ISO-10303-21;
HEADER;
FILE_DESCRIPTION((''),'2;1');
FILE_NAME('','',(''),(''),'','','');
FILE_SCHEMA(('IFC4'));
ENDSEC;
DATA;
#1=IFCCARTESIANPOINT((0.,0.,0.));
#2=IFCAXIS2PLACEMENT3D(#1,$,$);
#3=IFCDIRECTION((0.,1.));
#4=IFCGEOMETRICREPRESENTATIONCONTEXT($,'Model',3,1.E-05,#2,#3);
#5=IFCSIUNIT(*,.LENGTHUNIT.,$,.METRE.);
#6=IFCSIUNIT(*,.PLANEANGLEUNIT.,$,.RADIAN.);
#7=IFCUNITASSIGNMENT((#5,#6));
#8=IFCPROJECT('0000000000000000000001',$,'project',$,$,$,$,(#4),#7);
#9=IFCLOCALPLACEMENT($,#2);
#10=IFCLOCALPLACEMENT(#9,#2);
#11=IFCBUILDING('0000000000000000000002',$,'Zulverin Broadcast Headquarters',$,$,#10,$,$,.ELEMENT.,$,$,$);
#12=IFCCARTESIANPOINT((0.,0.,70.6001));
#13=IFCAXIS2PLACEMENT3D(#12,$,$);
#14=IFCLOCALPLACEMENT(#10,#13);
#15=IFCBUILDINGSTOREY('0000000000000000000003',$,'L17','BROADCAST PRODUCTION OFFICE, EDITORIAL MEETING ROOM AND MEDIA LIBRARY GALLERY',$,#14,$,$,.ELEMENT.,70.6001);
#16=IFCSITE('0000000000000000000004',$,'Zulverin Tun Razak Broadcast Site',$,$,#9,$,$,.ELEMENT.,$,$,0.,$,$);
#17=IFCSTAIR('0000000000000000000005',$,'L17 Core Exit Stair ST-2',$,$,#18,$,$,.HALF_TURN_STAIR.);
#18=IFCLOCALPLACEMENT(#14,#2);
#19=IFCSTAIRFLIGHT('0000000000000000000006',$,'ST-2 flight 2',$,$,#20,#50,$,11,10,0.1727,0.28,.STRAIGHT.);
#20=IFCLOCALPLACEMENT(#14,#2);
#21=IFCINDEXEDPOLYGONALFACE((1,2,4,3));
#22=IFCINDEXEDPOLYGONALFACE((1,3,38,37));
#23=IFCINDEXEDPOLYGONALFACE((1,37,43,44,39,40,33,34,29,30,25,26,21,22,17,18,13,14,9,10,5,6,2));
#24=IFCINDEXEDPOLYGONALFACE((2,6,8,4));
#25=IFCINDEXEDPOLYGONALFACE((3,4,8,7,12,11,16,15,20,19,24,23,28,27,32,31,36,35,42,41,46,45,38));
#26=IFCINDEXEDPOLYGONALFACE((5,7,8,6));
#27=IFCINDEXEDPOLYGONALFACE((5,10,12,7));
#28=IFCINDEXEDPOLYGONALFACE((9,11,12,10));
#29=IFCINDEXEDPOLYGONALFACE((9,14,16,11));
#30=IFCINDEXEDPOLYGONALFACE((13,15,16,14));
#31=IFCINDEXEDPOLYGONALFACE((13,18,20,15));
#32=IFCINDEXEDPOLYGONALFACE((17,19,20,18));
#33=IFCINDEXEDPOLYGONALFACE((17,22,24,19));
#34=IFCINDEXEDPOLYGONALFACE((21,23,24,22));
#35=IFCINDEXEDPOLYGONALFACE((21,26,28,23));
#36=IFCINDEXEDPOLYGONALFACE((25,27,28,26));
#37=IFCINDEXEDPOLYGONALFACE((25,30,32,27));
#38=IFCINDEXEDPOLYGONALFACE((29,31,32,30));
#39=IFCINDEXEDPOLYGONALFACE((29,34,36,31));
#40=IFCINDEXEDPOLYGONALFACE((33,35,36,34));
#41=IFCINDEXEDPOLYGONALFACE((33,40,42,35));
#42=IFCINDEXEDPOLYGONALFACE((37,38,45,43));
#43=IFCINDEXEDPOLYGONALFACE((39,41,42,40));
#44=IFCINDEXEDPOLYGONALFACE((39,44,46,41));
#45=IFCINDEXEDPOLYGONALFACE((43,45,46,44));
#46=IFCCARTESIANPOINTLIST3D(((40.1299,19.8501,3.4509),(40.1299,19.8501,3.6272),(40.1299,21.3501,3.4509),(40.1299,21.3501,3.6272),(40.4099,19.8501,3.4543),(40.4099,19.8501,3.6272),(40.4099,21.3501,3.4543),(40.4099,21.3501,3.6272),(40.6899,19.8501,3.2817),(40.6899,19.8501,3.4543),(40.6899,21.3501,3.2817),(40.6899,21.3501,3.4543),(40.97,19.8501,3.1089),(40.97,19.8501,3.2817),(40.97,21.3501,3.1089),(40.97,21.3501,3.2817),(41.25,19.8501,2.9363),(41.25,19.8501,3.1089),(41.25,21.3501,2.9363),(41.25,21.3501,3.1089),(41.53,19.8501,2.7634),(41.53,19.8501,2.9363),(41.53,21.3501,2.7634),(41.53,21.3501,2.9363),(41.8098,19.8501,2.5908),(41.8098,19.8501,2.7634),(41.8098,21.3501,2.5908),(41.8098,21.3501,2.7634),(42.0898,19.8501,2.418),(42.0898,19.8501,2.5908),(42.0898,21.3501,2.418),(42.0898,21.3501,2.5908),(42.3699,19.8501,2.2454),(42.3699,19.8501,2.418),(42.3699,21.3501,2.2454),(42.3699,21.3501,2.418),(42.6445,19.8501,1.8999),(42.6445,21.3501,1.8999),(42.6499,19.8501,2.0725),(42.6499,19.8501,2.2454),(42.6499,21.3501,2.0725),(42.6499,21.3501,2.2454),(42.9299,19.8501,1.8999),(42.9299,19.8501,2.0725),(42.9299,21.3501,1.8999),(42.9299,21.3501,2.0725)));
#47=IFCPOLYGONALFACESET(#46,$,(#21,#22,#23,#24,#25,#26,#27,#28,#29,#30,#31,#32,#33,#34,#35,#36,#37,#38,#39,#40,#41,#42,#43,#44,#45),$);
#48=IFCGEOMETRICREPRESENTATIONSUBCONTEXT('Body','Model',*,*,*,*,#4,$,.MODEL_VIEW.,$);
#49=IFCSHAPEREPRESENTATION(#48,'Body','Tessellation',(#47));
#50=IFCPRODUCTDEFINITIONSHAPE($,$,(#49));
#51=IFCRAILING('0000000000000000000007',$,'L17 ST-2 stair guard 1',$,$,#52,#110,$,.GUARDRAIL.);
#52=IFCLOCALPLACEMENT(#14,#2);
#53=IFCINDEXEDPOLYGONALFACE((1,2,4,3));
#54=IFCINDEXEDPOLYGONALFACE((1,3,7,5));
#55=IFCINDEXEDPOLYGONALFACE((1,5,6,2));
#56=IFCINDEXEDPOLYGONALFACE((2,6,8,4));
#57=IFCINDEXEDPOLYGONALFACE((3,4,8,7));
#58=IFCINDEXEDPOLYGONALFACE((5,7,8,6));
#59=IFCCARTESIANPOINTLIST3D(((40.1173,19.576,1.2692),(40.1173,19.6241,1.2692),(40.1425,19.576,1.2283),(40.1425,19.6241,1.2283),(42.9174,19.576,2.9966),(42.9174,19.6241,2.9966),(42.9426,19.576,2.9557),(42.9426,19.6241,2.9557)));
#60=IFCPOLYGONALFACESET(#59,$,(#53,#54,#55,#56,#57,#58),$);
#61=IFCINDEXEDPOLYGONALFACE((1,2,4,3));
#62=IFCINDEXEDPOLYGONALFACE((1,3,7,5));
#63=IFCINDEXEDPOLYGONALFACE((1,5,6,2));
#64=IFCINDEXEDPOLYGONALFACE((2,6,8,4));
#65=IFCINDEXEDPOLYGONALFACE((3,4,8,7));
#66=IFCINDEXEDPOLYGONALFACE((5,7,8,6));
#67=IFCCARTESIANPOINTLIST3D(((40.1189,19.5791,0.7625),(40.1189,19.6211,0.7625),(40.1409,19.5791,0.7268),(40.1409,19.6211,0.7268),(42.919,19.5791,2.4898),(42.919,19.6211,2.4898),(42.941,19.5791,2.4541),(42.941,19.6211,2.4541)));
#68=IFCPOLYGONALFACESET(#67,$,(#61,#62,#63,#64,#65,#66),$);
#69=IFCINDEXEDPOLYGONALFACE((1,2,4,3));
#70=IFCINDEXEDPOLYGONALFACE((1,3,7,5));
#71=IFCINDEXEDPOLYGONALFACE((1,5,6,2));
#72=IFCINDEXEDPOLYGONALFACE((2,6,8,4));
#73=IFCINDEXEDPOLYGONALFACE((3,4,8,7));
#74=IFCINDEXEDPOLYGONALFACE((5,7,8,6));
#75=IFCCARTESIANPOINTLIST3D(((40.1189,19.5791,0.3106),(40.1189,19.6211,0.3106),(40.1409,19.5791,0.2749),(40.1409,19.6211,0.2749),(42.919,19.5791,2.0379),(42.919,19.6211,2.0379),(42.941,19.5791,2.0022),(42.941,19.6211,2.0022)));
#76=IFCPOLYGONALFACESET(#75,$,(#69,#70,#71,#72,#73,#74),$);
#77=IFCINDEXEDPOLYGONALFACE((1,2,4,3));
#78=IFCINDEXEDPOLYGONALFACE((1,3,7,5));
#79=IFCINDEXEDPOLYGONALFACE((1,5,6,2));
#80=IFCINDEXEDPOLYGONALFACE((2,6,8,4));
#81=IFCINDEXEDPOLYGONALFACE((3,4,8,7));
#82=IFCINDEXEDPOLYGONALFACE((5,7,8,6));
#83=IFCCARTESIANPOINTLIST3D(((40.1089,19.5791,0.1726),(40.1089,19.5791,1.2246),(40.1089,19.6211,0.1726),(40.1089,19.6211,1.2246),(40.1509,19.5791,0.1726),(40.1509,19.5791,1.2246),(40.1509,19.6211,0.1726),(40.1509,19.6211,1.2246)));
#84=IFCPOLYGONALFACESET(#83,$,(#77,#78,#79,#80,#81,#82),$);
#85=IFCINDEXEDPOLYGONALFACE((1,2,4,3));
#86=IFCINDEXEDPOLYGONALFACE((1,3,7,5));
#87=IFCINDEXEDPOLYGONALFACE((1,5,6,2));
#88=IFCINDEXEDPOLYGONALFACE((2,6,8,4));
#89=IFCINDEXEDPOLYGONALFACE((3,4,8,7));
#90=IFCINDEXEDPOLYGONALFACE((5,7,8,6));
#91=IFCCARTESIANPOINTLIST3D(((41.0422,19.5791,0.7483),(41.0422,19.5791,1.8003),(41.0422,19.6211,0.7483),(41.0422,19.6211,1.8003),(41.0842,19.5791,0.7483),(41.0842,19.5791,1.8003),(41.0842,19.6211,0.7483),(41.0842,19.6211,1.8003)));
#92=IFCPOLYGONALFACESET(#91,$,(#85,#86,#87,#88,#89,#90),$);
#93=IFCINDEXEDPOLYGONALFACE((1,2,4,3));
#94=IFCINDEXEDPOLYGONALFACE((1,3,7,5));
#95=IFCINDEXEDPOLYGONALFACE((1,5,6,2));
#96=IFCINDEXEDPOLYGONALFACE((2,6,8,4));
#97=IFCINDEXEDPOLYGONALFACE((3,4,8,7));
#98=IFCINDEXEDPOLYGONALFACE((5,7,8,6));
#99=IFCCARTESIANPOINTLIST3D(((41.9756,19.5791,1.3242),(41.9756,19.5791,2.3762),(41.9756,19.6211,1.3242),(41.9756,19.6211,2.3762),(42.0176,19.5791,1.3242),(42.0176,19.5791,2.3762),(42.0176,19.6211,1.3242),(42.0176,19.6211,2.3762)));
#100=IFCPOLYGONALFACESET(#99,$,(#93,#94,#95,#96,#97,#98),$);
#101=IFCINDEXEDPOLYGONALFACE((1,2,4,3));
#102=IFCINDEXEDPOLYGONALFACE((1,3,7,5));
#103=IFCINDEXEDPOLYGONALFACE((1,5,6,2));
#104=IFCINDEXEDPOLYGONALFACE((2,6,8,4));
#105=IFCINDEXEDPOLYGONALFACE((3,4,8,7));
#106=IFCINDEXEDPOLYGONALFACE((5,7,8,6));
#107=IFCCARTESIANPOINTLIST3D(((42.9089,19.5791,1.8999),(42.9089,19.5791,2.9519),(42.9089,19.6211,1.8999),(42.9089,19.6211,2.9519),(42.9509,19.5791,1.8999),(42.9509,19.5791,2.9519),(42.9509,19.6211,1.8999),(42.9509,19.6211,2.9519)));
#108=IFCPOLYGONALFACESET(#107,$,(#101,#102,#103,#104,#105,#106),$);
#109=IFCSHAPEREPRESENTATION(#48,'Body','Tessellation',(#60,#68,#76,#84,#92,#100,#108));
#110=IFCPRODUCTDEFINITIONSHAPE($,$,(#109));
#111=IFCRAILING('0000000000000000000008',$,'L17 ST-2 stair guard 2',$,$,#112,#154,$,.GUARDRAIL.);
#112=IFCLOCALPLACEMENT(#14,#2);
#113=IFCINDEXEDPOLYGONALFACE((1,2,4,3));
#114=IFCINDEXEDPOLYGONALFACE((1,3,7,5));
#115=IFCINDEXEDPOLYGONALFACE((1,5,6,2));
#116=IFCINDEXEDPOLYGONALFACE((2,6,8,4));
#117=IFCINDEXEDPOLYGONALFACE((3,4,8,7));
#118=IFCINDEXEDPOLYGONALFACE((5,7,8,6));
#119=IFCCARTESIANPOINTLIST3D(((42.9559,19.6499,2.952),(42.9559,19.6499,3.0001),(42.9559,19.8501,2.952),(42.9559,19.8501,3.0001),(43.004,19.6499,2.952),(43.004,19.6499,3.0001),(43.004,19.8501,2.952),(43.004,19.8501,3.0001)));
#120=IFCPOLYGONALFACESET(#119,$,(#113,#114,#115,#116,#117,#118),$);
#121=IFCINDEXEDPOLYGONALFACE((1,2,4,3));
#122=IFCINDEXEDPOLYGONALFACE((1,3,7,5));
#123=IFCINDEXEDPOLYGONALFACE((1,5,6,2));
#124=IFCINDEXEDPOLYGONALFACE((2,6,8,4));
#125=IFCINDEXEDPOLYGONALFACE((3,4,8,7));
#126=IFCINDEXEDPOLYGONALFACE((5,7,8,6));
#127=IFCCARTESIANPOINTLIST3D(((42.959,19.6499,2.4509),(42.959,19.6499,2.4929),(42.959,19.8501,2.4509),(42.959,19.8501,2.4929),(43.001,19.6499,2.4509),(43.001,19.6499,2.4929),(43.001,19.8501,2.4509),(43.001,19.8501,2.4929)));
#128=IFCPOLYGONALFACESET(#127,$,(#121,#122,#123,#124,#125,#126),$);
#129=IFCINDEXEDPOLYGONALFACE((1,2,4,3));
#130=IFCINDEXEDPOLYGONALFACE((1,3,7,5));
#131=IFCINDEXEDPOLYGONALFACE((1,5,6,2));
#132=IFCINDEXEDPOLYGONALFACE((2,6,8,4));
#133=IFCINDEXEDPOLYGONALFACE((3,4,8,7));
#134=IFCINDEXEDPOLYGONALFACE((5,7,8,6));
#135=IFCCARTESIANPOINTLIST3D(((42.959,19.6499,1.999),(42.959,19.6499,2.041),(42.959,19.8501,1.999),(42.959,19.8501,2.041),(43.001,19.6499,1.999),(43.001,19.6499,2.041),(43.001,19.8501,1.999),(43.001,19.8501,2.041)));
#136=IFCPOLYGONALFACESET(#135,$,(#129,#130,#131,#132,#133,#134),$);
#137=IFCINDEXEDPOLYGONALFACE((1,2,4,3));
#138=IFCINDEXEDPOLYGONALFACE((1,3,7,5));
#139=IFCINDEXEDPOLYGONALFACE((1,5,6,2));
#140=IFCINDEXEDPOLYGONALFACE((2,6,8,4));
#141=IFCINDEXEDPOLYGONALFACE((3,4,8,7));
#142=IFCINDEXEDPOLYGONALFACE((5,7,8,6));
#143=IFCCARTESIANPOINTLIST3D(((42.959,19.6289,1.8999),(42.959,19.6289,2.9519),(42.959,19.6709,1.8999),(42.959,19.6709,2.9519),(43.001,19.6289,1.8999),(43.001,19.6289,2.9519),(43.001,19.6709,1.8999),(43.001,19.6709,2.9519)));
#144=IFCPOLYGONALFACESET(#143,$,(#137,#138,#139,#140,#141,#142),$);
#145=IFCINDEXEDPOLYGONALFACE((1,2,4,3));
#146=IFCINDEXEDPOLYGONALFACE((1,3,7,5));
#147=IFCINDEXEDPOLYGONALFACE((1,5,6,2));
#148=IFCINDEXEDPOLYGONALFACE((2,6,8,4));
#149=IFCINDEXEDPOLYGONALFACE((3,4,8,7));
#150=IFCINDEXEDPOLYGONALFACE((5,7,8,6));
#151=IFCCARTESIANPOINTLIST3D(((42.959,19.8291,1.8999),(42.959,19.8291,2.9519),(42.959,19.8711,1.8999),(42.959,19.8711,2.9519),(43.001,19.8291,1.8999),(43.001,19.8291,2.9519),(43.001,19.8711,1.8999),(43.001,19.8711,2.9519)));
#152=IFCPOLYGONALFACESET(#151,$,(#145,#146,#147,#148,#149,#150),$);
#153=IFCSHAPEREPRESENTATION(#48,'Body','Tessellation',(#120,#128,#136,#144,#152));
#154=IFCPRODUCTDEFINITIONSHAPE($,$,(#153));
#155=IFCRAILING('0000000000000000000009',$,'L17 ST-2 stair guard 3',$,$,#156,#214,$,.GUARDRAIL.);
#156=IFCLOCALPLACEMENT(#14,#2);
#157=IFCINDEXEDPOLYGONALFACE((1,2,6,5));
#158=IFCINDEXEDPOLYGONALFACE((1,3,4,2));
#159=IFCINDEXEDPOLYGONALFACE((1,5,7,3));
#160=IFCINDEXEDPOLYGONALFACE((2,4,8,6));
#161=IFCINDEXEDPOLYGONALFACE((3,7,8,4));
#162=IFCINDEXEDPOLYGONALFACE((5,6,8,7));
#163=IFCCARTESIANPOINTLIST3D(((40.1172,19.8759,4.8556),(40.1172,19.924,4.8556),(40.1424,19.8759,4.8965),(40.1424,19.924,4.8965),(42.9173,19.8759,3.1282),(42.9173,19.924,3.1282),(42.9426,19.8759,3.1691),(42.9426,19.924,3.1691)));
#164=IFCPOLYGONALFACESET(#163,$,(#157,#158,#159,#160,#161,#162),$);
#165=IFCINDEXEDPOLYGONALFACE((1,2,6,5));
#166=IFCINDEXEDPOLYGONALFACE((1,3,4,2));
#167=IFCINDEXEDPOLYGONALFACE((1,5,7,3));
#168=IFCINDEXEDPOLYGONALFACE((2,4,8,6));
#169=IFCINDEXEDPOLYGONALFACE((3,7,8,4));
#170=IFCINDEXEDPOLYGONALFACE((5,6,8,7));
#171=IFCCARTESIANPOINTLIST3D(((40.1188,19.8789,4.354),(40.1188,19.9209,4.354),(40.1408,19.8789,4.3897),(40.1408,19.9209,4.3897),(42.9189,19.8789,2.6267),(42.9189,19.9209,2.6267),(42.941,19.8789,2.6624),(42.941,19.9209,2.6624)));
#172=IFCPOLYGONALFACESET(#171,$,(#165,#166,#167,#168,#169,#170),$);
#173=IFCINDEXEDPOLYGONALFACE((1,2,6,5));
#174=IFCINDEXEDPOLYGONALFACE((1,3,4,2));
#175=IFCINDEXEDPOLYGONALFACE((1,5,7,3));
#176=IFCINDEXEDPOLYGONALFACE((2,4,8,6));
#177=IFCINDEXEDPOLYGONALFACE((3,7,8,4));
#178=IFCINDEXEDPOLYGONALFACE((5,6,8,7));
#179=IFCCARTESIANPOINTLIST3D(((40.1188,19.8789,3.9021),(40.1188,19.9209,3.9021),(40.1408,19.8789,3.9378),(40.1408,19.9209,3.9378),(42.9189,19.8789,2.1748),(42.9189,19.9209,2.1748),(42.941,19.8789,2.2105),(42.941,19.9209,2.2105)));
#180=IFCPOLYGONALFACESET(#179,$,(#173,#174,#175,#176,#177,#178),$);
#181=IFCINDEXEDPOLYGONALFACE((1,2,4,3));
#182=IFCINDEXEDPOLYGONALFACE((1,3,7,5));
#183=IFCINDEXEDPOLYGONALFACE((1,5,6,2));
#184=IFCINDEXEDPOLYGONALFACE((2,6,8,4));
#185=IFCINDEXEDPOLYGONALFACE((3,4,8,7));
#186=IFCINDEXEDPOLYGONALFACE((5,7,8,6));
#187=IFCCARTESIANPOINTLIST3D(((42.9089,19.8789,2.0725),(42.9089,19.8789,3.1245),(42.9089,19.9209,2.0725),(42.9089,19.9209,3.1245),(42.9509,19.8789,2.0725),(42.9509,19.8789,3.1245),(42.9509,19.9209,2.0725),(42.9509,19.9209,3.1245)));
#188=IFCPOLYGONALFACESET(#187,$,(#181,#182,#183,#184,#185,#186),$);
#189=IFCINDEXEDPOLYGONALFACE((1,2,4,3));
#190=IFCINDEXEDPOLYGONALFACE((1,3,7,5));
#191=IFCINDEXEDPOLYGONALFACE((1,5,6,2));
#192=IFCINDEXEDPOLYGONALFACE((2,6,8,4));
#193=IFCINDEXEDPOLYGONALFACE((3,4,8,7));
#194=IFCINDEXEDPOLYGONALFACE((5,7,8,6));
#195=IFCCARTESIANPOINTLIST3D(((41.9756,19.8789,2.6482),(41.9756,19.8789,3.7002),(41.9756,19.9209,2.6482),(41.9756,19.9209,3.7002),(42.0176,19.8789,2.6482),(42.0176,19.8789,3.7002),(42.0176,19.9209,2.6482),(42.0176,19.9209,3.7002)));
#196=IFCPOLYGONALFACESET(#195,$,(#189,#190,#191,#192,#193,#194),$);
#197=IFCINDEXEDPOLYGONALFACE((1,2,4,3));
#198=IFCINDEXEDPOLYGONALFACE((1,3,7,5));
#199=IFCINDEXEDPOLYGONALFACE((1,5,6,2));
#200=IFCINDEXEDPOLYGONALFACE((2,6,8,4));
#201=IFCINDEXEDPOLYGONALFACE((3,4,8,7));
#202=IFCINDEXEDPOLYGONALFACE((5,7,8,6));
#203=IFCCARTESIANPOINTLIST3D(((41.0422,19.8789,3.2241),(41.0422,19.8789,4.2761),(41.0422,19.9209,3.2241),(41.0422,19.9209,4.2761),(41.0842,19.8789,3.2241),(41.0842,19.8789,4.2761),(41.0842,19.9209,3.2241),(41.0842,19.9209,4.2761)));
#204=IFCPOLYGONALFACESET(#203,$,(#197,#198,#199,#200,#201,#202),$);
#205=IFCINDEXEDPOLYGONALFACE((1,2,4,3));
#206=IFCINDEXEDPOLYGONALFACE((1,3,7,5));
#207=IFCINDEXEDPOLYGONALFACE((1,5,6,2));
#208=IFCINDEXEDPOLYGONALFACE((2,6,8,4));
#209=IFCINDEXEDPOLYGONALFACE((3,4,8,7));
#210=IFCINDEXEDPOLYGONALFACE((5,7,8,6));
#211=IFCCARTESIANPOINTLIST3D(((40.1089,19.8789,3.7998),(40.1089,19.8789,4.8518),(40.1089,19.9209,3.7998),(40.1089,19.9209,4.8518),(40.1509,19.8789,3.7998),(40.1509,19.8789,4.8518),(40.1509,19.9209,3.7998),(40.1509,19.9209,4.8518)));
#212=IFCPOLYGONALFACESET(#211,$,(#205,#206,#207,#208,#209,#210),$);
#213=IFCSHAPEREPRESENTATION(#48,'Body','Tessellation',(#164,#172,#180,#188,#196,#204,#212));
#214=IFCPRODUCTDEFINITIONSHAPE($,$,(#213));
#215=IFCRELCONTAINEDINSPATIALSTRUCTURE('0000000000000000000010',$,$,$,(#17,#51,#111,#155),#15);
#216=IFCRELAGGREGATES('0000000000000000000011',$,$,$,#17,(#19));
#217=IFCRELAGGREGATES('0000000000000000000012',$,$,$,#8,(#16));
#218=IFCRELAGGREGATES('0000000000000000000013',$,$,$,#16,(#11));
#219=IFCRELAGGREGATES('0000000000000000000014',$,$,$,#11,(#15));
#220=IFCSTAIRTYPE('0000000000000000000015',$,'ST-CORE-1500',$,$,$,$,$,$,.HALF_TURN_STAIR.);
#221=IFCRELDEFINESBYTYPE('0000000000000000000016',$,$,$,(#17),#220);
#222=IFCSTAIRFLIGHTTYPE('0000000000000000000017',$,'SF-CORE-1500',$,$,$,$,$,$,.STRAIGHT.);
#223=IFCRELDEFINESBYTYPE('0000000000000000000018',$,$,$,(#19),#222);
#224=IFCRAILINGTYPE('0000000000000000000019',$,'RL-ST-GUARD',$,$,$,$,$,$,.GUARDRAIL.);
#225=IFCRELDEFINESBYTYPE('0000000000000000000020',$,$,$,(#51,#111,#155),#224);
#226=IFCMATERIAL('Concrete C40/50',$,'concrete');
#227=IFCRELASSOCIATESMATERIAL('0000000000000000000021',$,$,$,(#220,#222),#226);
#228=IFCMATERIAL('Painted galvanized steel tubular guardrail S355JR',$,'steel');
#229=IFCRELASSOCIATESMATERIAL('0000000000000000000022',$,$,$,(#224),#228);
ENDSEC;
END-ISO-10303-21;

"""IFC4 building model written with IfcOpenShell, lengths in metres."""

from ifc_helpers import new_model, si_unit, direction, frame, origin, origin_2d, place, context, subcontext, project, spatial, polyline, rectangle, outline, extrude, material, type_object, element, aggregate, save


model = new_model("IFC4")

# Units and contexts
model_context = context("Model", 3, precision=1e-05, world=origin(), true_north=direction((0.0, 1.0)))
body_context = subcontext(model_context, "Body", "Model", "MODEL_VIEW")
ifc_project = project(units=[si_unit("LENGTHUNIT", "METRE"), si_unit("PLANEANGLEUNIT", "RADIAN")], contexts=[model_context])

# Site, building, storey
site_placement = place(None, origin())
site = spatial("IfcSite", under=ifc_project, at=site_placement, Name="Zulverin Tun Razak Broadcast Site", CompositionType="ELEMENT", RefElevation=0.0)
building_placement = place(site_placement, origin())
building = spatial("IfcBuilding", under=site, at=building_placement, Name="Zulverin Broadcast Headquarters", CompositionType="ELEMENT")
storey_placement = place(building_placement, frame((0.0, 0.0, 70.6001)))
storey = spatial("IfcBuildingStorey", under=building, at=storey_placement, Name="L17", Description="BROADCAST PRODUCTION OFFICE, EDITORIAL MEETING ROOM AND MEDIA LIBRARY GALLERY", CompositionType="ELEMENT", Elevation=70.6001)

# Shared definitions
ifc_material_1 = material(Name="Concrete C40/50", Category="concrete")

# Stair, stair flight
stair_type = type_object("IfcStairType", Name="ST-CORE-1500", PredefinedType="HALF_TURN_STAIR", material=ifc_material_1)
stair_placement = place(storey_placement, origin())
stair = element("IfcStair", 1, at=stair_placement, inside=storey, type_object=stair_type, Name="L17 Core Exit Stair ST-2", PredefinedType="HALF_TURN_STAIR")
stair_flight_type = type_object("IfcStairFlightType", Name="SF-CORE-1500", PredefinedType="STRAIGHT", material=ifc_material_1)
stair_flight_1_placement = place(storey_placement, frame((42.9299, 20.6001, 1.8999), z_axis=(0.0, 0.0, 1.0), x_axis=(-1.0, 0.0, 0.0)))
stair_flight_1 = element("IfcStairFlight", 2, at=stair_flight_1_placement, type_object=stair_flight_type, Name="ST-2 flight 2", NumberOfRisers=11, NumberOfTreads=10, PredefinedType="STRAIGHT", RiserHeight=0.1727, TreadLength=0.28, context=body_context, shape_type="SweptSolid", body=[
    extrude(outline(polyline([(0.0, 0.0), (0.0, 0.1726), (0.28, 0.1726), (0.28, 0.3455), (0.5601, 0.3455), (0.5601, 0.5181), (0.8401, 0.5181), (0.8401, 0.6909), (1.1201, 0.6909), (1.1201, 0.8635), (1.3999, 0.8635), (1.3999, 1.0364), (1.6799, 1.0364), (1.6799, 1.209), (1.96, 1.209), (1.96, 1.3818), (2.24, 1.3818), (2.24, 1.5544), (2.52, 1.5544), (2.52, 1.7273), (2.8, 1.7273), (2.8, 1.8999), (2.8, 1.551), (0.2854, 0.0), (0.0, 0.0)])), frame((0.0, 0.75, 0.0), z_axis=(0.0, -1.0, 0.0), x_axis=(1.0, 0.0, 0.0)), (0.0, 0.0, 1.0), 1.5),
])
aggregate(stair, [stair_flight_1])

# Railings
ifc_material_2 = material(Name="Painted galvanized steel tubular guardrail S355JR", Category="steel")
railing_type_1 = type_object("IfcRailingType", Name="RL-ST-GUARD", PredefinedType="GUARDRAIL", material=ifc_material_2)
railing_1_placement = place(storey_placement, frame((40.1299, 19.6001, 0.1726)))
element("IfcRailing", 3, at=railing_1_placement, inside=storey, type_object=railing_type_1, Name="L17 ST-2 stair guard 1", PredefinedType="GUARDRAIL", context=body_context, shape_type="SweptSolid", body=[
    extrude(rectangle(XDim=0.0481, YDim=0.0481, at=origin_2d()), frame((0.0, 0.0, 1.0762), z_axis=(0.85109, 0.0, 0.52502), x_axis=(0.0, 1.0, 0.0)), (0.0, 0.0, 1.0), 3.29),
    extrude(rectangle(XDim=0.042, YDim=0.042, at=origin_2d()), frame((0.0, 0.0, 0.572), z_axis=(0.85109, 0.0, 0.52502), x_axis=(0.0, 1.0, 0.0)), (0.0, 0.0, 1.0), 3.29),
    extrude(rectangle(XDim=0.042, YDim=0.042, at=origin_2d()), frame((0.0, 0.0, 0.1201), z_axis=(0.85109, 0.0, 0.52502), x_axis=(0.0, 1.0, 0.0)), (0.0, 0.0, 1.0), 3.29),
    extrude(rectangle(XDim=0.042, YDim=0.042, at=origin_2d()), origin(), (0.0, 0.0, 1.0), 1.052),
    extrude(rectangle(XDim=0.042, YDim=0.042, at=origin_2d()), frame((0.9333, 0.0, 0.5757)), (0.0, 0.0, 1.0), 1.052),
    extrude(rectangle(XDim=0.042, YDim=0.042, at=origin_2d()), frame((1.8667, 0.0, 1.1516)), (0.0, 0.0, 1.0), 1.052),
    extrude(rectangle(XDim=0.042, YDim=0.042, at=origin_2d()), frame((2.8, 0.0, 1.7273)), (0.0, 0.0, 1.0), 1.052),
])
railing_2_placement = place(storey_placement, frame((42.98, 19.6499, 1.8999)))
element("IfcRailing", 4, at=railing_2_placement, inside=storey, type_object=railing_type_1, Name="L17 ST-2 stair guard 2", PredefinedType="GUARDRAIL", context=body_context, shape_type="SweptSolid", body=[
    extrude(rectangle(XDim=0.0481, YDim=0.0481, at=origin_2d()), frame((0.0, 0.0, 1.0762), z_axis=(0.0, 1.0, 0.0), x_axis=(-1.0, 0.0, 0.0)), (0.0, 0.0, 1.0), 0.2002),
    extrude(rectangle(XDim=0.042, YDim=0.042, at=origin_2d()), frame((0.0, 0.0, 0.572), z_axis=(0.0, 1.0, 0.0), x_axis=(-1.0, 0.0, 0.0)), (0.0, 0.0, 1.0), 0.2002),
    extrude(rectangle(XDim=0.042, YDim=0.042, at=origin_2d()), frame((0.0, 0.0, 0.1201), z_axis=(0.0, 1.0, 0.0), x_axis=(-1.0, 0.0, 0.0)), (0.0, 0.0, 1.0), 0.2002),
    extrude(rectangle(XDim=0.042, YDim=0.042, at=origin_2d()), origin(), (0.0, 0.0, 1.0), 1.052),
    extrude(rectangle(XDim=0.042, YDim=0.042, at=origin_2d()), frame((0.0, 0.2002, 0.0)), (0.0, 0.0, 1.0), 1.052),
])
railing_3_placement = place(storey_placement, frame((42.9299, 19.8999, 2.0725)))
element("IfcRailing", 5, at=railing_3_placement, inside=storey, type_object=railing_type_1, Name="L17 ST-2 stair guard 3", PredefinedType="GUARDRAIL", context=body_context, shape_type="SweptSolid", body=[
    extrude(rectangle(XDim=0.0481, YDim=0.0481, at=origin_2d()), frame((0.0, 0.0, 1.0762), z_axis=(-0.85109, 0.0, 0.52502), x_axis=(0.0, -1.0, 0.0)), (0.0, 0.0, 1.0), 3.29),
    extrude(rectangle(XDim=0.042, YDim=0.042, at=origin_2d()), frame((0.0, 0.0, 0.572), z_axis=(-0.85109, 0.0, 0.52502), x_axis=(0.0, -1.0, 0.0)), (0.0, 0.0, 1.0), 3.29),
    extrude(rectangle(XDim=0.042, YDim=0.042, at=origin_2d()), frame((0.0, 0.0, 0.1201), z_axis=(-0.85109, 0.0, 0.52502), x_axis=(0.0, -1.0, 0.0)), (0.0, 0.0, 1.0), 3.29),
    extrude(rectangle(XDim=0.042, YDim=0.042, at=origin_2d()), origin(), (0.0, 0.0, 1.0), 1.052),
    extrude(rectangle(XDim=0.042, YDim=0.042, at=origin_2d()), frame((-0.9333, 0.0, 0.5757)), (0.0, 0.0, 1.0), 1.052),
    extrude(rectangle(XDim=0.042, YDim=0.042, at=origin_2d()), frame((-1.8667, 0.0, 1.1516)), (0.0, 0.0, 1.0), 1.052),
    extrude(rectangle(XDim=0.042, YDim=0.042, at=origin_2d()), frame((-2.8, 0.0, 1.7273)), (0.0, 0.0, 1.0), 1.052),
])

save(model, "model.ifc")
